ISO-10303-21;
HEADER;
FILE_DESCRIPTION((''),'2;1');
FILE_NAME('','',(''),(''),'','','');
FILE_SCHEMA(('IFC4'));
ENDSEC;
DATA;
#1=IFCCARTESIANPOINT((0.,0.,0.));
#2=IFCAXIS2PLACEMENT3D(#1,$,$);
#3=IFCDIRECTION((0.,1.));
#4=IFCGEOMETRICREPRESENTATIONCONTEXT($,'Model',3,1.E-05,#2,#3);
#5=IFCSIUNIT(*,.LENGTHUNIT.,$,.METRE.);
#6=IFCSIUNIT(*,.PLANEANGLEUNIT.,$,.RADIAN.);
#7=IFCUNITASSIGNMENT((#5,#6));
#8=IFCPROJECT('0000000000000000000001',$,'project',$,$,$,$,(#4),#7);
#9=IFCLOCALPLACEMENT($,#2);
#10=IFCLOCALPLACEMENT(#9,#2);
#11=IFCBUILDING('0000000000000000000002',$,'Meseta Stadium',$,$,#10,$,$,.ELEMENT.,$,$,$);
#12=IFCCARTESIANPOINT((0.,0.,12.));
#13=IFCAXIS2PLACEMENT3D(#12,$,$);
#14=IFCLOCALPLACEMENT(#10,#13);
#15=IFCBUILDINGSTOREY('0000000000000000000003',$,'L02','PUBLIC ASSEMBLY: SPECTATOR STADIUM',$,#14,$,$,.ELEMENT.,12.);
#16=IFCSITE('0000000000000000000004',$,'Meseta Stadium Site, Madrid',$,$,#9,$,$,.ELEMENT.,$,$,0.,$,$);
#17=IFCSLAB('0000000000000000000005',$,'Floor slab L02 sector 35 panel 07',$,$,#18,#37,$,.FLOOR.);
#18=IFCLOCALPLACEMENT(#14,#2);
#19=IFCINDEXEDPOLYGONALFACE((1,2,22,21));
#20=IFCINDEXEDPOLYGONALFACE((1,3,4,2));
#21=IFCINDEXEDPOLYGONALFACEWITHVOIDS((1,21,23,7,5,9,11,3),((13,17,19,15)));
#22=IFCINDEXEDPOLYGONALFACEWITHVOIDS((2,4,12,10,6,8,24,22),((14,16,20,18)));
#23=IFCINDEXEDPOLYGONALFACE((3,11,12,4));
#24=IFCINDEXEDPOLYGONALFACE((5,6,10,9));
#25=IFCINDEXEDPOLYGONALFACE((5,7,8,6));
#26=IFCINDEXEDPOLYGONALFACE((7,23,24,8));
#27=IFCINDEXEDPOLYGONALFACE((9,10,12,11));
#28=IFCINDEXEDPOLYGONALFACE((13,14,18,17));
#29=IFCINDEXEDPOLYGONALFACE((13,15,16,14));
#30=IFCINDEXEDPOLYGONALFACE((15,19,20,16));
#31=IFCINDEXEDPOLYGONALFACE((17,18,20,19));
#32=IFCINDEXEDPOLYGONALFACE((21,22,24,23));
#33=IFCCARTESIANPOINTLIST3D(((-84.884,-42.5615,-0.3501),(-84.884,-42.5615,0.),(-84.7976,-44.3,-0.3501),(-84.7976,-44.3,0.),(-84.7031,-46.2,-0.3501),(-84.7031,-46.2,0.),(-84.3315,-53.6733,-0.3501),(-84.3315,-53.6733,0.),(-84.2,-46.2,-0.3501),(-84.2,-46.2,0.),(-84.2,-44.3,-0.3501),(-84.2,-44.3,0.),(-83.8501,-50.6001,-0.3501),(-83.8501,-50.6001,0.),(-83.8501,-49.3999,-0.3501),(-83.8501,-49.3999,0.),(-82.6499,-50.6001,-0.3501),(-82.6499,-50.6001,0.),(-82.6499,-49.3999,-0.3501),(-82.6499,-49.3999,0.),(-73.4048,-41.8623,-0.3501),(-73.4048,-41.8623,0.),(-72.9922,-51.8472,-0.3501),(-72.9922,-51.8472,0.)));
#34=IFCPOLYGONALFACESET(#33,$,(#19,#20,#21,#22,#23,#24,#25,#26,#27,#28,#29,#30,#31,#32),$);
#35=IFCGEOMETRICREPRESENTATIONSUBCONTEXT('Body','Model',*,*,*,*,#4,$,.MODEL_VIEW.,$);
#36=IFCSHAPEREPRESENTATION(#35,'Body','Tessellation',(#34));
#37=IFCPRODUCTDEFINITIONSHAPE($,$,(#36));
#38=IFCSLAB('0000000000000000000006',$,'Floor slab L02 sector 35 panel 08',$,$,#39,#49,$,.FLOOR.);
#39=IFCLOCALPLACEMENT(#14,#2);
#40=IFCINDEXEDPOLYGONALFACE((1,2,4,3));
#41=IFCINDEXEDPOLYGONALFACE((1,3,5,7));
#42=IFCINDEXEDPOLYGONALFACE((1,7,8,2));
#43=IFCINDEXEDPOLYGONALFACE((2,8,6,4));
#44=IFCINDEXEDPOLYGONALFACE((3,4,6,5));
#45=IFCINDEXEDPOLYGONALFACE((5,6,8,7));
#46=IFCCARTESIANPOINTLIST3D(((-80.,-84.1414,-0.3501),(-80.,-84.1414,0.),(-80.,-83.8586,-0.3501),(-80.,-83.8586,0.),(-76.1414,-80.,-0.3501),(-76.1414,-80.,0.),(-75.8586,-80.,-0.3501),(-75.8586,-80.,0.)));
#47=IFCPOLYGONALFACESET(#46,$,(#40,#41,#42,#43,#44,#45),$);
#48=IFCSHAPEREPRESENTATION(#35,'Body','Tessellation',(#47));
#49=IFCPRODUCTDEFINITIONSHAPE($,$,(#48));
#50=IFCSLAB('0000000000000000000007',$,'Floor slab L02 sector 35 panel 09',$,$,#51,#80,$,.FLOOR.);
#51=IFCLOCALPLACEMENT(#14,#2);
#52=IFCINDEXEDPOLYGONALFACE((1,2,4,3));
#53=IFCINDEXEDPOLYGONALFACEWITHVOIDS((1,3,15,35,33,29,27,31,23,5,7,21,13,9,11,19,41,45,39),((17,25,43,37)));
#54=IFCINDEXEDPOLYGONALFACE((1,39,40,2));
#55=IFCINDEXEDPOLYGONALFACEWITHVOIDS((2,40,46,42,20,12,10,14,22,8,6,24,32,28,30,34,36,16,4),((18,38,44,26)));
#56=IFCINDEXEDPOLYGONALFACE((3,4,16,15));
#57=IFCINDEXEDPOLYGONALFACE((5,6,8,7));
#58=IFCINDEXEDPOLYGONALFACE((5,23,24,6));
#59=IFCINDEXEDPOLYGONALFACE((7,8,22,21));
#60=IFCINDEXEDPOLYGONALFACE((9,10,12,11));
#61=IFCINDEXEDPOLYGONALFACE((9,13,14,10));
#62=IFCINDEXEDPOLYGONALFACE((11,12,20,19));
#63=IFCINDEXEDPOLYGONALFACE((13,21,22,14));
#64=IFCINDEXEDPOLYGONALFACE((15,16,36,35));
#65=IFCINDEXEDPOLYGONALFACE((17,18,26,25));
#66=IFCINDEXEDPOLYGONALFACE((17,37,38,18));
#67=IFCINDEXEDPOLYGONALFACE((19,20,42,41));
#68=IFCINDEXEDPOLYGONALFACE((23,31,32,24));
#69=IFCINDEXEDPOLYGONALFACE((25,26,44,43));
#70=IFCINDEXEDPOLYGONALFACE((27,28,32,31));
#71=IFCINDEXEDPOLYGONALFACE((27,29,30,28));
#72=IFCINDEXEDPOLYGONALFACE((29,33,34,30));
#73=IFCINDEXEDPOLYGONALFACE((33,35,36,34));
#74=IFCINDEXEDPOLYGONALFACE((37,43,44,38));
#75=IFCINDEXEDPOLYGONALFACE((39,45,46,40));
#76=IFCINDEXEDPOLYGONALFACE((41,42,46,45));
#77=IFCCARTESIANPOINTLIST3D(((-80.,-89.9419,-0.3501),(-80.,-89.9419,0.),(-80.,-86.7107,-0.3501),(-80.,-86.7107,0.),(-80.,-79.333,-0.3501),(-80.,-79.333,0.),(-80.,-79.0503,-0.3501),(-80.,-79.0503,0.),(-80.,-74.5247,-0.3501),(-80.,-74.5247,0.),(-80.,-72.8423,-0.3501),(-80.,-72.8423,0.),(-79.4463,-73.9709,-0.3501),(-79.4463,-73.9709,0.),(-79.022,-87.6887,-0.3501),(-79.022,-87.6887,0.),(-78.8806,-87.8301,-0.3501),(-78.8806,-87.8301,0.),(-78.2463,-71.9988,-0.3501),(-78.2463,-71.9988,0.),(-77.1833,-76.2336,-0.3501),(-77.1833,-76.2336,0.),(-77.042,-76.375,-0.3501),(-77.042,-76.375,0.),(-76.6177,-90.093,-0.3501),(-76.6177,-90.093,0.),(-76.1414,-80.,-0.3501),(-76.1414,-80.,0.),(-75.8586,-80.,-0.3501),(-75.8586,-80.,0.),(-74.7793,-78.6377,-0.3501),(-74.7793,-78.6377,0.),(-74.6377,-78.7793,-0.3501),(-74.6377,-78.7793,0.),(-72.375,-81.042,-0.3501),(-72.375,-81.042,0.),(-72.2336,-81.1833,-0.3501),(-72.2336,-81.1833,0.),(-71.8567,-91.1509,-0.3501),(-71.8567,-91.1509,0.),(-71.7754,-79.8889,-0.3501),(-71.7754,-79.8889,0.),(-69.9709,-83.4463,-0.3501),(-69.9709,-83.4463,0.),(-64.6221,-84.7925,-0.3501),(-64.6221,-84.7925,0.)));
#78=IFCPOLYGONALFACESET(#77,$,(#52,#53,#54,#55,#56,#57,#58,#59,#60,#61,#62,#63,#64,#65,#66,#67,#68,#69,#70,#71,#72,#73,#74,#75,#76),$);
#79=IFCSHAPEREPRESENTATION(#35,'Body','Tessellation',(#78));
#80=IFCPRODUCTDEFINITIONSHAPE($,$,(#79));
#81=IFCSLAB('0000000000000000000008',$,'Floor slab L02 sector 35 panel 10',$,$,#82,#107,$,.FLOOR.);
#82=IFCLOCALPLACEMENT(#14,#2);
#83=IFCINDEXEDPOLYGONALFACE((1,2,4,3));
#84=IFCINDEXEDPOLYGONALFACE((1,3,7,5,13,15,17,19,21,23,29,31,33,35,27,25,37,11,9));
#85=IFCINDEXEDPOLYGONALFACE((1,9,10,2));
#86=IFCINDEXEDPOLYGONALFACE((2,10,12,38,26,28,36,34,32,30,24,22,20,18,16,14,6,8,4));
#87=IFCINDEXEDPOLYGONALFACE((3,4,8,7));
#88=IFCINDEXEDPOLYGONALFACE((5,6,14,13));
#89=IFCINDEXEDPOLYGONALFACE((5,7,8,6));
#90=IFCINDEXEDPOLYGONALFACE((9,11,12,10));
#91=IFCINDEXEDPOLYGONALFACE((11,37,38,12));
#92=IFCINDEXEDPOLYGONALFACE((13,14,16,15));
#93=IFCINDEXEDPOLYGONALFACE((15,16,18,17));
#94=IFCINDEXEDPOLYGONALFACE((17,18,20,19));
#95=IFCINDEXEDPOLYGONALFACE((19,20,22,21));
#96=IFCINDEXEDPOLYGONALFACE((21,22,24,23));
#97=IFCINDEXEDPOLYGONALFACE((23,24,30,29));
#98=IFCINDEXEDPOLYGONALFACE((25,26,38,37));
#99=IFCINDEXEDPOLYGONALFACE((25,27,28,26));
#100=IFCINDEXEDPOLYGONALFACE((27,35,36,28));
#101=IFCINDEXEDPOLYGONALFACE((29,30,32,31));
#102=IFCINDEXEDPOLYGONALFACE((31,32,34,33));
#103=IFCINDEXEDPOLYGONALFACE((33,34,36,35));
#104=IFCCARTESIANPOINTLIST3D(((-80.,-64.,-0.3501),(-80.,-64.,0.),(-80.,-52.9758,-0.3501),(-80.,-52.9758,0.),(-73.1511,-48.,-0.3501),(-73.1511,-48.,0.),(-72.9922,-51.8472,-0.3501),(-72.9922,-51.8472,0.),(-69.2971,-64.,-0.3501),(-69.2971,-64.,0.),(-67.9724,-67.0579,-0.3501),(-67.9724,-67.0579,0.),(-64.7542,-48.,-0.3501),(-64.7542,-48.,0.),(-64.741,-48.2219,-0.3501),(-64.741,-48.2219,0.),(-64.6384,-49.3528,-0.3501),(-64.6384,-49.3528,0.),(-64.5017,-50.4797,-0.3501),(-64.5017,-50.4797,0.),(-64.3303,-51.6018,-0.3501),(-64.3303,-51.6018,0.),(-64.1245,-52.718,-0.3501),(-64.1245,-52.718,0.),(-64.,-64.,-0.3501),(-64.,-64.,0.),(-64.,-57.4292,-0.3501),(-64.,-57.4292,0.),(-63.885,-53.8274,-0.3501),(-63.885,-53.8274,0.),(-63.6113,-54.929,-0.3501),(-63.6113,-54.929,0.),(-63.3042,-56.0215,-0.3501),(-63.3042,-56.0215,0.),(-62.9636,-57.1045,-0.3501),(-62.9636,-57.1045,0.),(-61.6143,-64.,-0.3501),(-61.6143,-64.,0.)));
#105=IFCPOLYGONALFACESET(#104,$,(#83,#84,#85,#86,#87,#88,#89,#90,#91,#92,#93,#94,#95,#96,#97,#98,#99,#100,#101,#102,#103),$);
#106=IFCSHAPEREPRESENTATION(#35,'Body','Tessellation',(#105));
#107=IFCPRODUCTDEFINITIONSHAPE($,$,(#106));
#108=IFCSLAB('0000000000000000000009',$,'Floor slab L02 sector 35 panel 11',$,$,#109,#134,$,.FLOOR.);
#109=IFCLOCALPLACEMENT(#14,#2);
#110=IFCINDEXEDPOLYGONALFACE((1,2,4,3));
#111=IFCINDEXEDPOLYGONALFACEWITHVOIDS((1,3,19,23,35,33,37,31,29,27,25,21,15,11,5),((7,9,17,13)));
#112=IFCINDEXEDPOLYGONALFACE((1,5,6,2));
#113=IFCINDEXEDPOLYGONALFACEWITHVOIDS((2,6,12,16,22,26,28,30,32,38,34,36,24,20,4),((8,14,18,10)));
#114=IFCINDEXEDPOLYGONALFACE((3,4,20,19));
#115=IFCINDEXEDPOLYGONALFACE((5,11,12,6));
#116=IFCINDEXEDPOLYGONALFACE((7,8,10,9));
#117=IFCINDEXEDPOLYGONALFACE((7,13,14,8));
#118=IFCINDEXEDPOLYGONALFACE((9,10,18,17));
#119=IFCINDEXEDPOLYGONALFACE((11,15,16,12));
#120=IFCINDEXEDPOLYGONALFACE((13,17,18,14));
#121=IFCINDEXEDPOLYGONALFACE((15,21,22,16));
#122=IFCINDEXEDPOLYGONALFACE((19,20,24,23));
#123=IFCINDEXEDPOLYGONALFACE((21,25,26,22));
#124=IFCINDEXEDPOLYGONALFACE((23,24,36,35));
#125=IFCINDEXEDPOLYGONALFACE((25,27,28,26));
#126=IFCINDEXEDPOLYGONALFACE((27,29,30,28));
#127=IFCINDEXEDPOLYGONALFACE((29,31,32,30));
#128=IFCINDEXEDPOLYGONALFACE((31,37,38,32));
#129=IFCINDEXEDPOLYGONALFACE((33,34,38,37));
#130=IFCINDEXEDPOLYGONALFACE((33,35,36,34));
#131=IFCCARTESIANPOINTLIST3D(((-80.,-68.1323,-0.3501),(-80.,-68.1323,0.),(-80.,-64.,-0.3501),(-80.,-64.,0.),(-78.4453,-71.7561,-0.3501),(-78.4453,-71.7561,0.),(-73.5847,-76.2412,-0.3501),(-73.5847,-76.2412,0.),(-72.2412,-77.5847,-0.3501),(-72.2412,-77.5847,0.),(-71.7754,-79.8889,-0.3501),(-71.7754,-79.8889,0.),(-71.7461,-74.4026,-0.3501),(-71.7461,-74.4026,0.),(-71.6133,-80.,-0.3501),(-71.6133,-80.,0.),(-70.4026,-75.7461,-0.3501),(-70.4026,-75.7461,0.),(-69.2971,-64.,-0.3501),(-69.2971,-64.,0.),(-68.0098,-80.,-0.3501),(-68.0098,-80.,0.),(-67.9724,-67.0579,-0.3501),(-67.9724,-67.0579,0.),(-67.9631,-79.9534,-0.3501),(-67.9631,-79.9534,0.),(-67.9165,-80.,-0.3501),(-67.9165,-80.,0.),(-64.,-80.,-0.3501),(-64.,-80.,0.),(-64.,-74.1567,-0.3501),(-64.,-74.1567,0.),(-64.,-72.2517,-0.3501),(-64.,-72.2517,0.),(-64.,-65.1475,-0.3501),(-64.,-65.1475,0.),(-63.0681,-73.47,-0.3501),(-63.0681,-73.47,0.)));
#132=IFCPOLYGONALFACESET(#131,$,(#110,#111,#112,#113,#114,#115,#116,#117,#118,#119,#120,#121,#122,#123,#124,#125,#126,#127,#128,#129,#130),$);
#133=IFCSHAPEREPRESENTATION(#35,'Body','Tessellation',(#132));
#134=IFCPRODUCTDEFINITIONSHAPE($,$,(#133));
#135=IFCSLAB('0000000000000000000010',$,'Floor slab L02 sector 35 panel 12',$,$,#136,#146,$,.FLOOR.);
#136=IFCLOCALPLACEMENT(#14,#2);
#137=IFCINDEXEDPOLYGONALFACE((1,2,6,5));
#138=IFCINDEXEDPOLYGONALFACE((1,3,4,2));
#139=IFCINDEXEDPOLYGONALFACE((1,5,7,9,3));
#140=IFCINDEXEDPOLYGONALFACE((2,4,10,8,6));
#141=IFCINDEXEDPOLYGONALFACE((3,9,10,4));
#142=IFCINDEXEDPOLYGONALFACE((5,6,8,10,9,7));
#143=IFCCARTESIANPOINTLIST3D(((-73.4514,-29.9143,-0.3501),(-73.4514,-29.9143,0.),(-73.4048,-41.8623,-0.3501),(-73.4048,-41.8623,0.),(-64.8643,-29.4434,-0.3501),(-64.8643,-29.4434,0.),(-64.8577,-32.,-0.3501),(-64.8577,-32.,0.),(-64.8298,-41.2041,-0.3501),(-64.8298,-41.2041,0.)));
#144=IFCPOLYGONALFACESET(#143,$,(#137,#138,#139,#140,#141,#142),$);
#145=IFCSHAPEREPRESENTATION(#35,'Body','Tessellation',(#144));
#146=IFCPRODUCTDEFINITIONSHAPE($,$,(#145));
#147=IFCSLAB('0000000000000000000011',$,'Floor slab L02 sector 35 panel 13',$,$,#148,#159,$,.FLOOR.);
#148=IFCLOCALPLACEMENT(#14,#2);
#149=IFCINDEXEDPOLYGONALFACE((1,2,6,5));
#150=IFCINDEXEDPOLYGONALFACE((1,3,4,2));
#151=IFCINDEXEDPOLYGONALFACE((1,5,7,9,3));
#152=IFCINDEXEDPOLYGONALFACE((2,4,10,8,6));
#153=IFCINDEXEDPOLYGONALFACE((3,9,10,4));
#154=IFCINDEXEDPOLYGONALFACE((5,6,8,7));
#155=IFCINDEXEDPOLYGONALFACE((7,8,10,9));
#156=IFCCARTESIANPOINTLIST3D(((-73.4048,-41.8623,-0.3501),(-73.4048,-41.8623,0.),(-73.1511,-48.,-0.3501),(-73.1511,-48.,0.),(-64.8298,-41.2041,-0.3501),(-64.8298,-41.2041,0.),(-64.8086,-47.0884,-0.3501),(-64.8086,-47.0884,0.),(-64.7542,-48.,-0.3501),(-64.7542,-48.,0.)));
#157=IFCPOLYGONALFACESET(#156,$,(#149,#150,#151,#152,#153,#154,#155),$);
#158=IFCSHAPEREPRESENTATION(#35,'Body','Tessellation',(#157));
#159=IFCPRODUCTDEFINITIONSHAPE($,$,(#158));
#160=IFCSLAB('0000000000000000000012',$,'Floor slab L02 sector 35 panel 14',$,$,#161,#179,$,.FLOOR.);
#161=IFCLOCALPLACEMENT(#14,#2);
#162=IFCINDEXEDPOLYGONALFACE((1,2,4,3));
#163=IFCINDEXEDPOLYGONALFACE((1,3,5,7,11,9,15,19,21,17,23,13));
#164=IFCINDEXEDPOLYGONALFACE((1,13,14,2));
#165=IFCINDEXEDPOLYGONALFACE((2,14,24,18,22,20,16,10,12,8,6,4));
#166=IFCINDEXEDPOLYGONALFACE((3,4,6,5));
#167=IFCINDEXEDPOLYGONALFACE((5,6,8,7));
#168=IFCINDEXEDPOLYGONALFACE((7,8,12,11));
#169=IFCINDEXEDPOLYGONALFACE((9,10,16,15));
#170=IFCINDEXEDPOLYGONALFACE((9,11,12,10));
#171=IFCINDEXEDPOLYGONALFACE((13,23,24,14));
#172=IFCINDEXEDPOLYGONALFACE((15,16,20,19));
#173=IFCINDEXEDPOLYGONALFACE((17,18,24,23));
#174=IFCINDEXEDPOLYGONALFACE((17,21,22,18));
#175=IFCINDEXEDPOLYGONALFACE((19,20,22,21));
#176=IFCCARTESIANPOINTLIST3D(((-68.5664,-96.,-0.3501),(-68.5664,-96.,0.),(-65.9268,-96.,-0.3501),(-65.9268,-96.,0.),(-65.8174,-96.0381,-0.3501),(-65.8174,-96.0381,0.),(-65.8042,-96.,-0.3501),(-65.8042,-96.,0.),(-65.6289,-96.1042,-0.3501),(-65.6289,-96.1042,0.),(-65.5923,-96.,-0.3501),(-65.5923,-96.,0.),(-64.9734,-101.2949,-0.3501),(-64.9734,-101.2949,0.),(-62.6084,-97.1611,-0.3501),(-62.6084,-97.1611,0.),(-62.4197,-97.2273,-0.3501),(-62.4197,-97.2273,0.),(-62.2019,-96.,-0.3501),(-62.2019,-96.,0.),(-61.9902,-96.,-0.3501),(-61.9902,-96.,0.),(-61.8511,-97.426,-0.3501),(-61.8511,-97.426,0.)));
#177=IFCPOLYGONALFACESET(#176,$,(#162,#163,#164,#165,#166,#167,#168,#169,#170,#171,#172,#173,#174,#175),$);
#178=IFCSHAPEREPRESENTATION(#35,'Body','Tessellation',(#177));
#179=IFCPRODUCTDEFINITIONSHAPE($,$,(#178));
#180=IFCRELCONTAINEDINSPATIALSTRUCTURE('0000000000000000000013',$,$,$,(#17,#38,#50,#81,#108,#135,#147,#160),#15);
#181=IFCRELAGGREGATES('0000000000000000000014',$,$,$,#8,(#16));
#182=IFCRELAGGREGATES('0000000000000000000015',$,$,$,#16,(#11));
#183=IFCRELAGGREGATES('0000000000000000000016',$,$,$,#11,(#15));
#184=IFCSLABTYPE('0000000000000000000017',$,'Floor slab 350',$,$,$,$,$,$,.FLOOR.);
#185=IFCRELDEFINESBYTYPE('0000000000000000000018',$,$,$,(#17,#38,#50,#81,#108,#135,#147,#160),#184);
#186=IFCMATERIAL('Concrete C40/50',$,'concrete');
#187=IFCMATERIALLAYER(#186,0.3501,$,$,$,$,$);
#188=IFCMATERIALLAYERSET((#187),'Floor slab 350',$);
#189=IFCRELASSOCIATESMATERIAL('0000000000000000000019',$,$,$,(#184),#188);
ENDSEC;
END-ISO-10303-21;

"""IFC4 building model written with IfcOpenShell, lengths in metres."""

from ifc_helpers import new_model, si_unit, direction, frame, origin, place, context, subcontext, project, spatial, polyline, outline, extrude, material, layer, layer_set, type_object, element, save


model = new_model("IFC4")

# Units and contexts
model_context = context("Model", 3, precision=1e-05, world=origin(), true_north=direction((0.0, 1.0)))
body_context = subcontext(model_context, "Body", "Model", "MODEL_VIEW")
ifc_project = project(units=[si_unit("LENGTHUNIT", "METRE"), si_unit("PLANEANGLEUNIT", "RADIAN")], contexts=[model_context])

# Site, building, storey
site_placement = place(None, origin())
site = spatial("IfcSite", under=ifc_project, at=site_placement, Name="Meseta Stadium Site, Madrid", CompositionType="ELEMENT", RefElevation=0.0)
building_placement = place(site_placement, origin())
building = spatial("IfcBuilding", under=site, at=building_placement, Name="Meseta Stadium", CompositionType="ELEMENT")
storey_placement = place(building_placement, frame((0.0, 0.0, 12.0)))
storey = spatial("IfcBuildingStorey", under=building, at=storey_placement, Name="L02", Description="PUBLIC ASSEMBLY: SPECTATOR STADIUM", CompositionType="ELEMENT", Elevation=12.0)

# Slabs
ifc_material = material(Name="Concrete C40/50", Category="concrete")
ifc_layer = layer(ifc_material, 0.3501)
ifc_layer_set = layer_set([ifc_layer], Name="Floor slab 350")
slab_type = type_object("IfcSlabType", Name="Floor slab 350", PredefinedType="FLOOR", material=ifc_layer_set)
slab_1_placement = place(storey_placement, frame((0.0, 0.0, -0.3501)))
element("IfcSlab", 1, at=slab_1_placement, inside=storey, type_object=slab_type, Name="Floor slab L02 sector 35 panel 07", PredefinedType="FLOOR", context=body_context, shape_type="SweptSolid", body=[
    extrude(outline(polyline([(-72.9922, -51.8472), (-73.4048, -41.8623), (-84.884, -42.5615), (-84.7976, -44.3), (-84.2, -44.3), (-84.2, -46.2), (-84.7031, -46.2), (-84.3315, -53.6733), (-72.9922, -51.8472)]), holes=[polyline([(-82.6499, -50.6001), (-83.8501, -50.6001), (-83.8501, -49.3999), (-82.6499, -49.3999), (-82.6499, -50.6001)])]), origin(), (0.0, 0.0, 1.0), 0.3501),
])
slab_2_placement = place(storey_placement, frame((0.0, 0.0, -0.3501)))
element("IfcSlab", 2, at=slab_2_placement, inside=storey, type_object=slab_type, Name="Floor slab L02 sector 35 panel 08", PredefinedType="FLOOR", context=body_context, shape_type="SweptSolid", body=[
    extrude(outline(polyline([(-80.0, -83.8586), (-80.0, -84.1414), (-75.8586, -80.0), (-76.1414, -80.0), (-80.0, -83.8586)])), origin(), (0.0, 0.0, 1.0), 0.3501),
])
slab_3_placement = place(storey_placement, frame((0.0, 0.0, -0.3501)))
element("IfcSlab", 3, at=slab_3_placement, inside=storey, type_object=slab_type, Name="Floor slab L02 sector 35 panel 09", PredefinedType="FLOOR", context=body_context, shape_type="SweptSolid", body=[
    extrude(outline(polyline([(-74.7793, -78.6377), (-76.1414, -80.0), (-75.8586, -80.0), (-74.6377, -78.7793), (-72.375, -81.042), (-79.022, -87.6887), (-80.0, -86.7107), (-80.0, -89.9419), (-71.8567, -91.1509), (-64.6221, -84.7925), (-71.7754, -79.8889), (-78.2463, -71.9988), (-80.0, -72.8423), (-80.0, -74.5247), (-79.4463, -73.9709), (-77.1833, -76.2336), (-80.0, -79.0503), (-80.0, -79.333), (-77.042, -76.375), (-74.7793, -78.6377)]), holes=[polyline([(-78.8806, -87.8301), (-72.2336, -81.1833), (-69.9709, -83.4463), (-76.6177, -90.093), (-78.8806, -87.8301)])]), origin(), (0.0, 0.0, 1.0), 0.3501),
])
slab_4_placement = place(storey_placement, frame((0.0, 0.0, -0.3501)))
element("IfcSlab", 4, at=slab_4_placement, inside=storey, type_object=slab_type, Name="Floor slab L02 sector 35 panel 10", PredefinedType="FLOOR", context=body_context, shape_type="SweptSolid", body=[
    extrude(outline(polyline([(-63.885, -53.8274), (-64.1245, -52.718), (-64.3303, -51.6018), (-64.5017, -50.4797), (-64.6384, -49.3528), (-64.741, -48.2219), (-64.7542, -48.0), (-73.1511, -48.0), (-72.9922, -51.8472), (-80.0, -52.9758), (-80.0, -64.0), (-69.2971, -64.0), (-67.9724, -67.0579), (-61.6143, -64.0), (-64.0, -64.0), (-64.0, -57.4292), (-62.9636, -57.1045), (-63.3042, -56.0215), (-63.6113, -54.929), (-63.885, -53.8274)])), origin(), (0.0, 0.0, 1.0), 0.3501),
])
slab_5_placement = place(storey_placement, frame((0.0, 0.0, -0.3501)))
element("IfcSlab", 5, at=slab_5_placement, inside=storey, type_object=slab_type, Name="Floor slab L02 sector 35 panel 11", PredefinedType="FLOOR", context=body_context, shape_type="SweptSolid", body=[
    extrude(outline(polyline([(-64.0, -65.1475), (-67.9724, -67.0579), (-69.2971, -64.0), (-80.0, -64.0), (-80.0, -68.1323), (-78.4453, -71.7561), (-71.7754, -79.8889), (-71.6133, -80.0), (-68.0098, -80.0), (-67.9631, -79.9534), (-67.9165, -80.0), (-64.0, -80.0), (-64.0, -74.1567), (-63.0681, -73.47), (-64.0, -72.2517), (-64.0, -65.1475)]), holes=[polyline([(-73.5847, -76.2412), (-71.7461, -74.4026), (-70.4026, -75.7461), (-72.2412, -77.5847), (-73.5847, -76.2412)])]), origin(), (0.0, 0.0, 1.0), 0.3501),
])
slab_6_placement = place(storey_placement, frame((0.0, 0.0, -0.3501)))
element("IfcSlab", 6, at=slab_6_placement, inside=storey, type_object=slab_type, Name="Floor slab L02 sector 35 panel 12", PredefinedType="FLOOR", context=body_context, shape_type="SweptSolid", body=[
    extrude(outline(polyline([(-73.4514, -29.9143), (-73.4048, -41.8623), (-64.8298, -41.2041), (-64.8577, -32.0), (-64.8643, -29.4434), (-73.4514, -29.9143)])), origin(), (0.0, 0.0, 1.0), 0.3501),
])
slab_7_placement = place(storey_placement, frame((0.0, 0.0, -0.3501)))
element("IfcSlab", 7, at=slab_7_placement, inside=storey, type_object=slab_type, Name="Floor slab L02 sector 35 panel 13", PredefinedType="FLOOR", context=body_context, shape_type="SweptSolid", body=[
    extrude(outline(polyline([(-64.8086, -47.0884), (-64.8298, -41.2041), (-73.4048, -41.8623), (-73.1511, -48.0), (-64.7542, -48.0), (-64.8086, -47.0884)])), origin(), (0.0, 0.0, 1.0), 0.3501),
])
slab_8_placement = place(storey_placement, frame((0.0, 0.0, -0.3501)))
element("IfcSlab", 8, at=slab_8_placement, inside=storey, type_object=slab_type, Name="Floor slab L02 sector 35 panel 14", PredefinedType="FLOOR", context=body_context, shape_type="SweptSolid", body=[
    extrude(outline(polyline([(-65.8174, -96.0381), (-65.9268, -96.0), (-68.5664, -96.0), (-64.9734, -101.2949), (-61.8511, -97.426), (-62.4197, -97.2273), (-61.9902, -96.0), (-62.2019, -96.0), (-62.6084, -97.1611), (-65.6289, -96.1042), (-65.5923, -96.0), (-65.8042, -96.0), (-65.8174, -96.0381)])), origin(), (0.0, 0.0, 1.0), 0.3501),
])

save(model, "model.ifc")
